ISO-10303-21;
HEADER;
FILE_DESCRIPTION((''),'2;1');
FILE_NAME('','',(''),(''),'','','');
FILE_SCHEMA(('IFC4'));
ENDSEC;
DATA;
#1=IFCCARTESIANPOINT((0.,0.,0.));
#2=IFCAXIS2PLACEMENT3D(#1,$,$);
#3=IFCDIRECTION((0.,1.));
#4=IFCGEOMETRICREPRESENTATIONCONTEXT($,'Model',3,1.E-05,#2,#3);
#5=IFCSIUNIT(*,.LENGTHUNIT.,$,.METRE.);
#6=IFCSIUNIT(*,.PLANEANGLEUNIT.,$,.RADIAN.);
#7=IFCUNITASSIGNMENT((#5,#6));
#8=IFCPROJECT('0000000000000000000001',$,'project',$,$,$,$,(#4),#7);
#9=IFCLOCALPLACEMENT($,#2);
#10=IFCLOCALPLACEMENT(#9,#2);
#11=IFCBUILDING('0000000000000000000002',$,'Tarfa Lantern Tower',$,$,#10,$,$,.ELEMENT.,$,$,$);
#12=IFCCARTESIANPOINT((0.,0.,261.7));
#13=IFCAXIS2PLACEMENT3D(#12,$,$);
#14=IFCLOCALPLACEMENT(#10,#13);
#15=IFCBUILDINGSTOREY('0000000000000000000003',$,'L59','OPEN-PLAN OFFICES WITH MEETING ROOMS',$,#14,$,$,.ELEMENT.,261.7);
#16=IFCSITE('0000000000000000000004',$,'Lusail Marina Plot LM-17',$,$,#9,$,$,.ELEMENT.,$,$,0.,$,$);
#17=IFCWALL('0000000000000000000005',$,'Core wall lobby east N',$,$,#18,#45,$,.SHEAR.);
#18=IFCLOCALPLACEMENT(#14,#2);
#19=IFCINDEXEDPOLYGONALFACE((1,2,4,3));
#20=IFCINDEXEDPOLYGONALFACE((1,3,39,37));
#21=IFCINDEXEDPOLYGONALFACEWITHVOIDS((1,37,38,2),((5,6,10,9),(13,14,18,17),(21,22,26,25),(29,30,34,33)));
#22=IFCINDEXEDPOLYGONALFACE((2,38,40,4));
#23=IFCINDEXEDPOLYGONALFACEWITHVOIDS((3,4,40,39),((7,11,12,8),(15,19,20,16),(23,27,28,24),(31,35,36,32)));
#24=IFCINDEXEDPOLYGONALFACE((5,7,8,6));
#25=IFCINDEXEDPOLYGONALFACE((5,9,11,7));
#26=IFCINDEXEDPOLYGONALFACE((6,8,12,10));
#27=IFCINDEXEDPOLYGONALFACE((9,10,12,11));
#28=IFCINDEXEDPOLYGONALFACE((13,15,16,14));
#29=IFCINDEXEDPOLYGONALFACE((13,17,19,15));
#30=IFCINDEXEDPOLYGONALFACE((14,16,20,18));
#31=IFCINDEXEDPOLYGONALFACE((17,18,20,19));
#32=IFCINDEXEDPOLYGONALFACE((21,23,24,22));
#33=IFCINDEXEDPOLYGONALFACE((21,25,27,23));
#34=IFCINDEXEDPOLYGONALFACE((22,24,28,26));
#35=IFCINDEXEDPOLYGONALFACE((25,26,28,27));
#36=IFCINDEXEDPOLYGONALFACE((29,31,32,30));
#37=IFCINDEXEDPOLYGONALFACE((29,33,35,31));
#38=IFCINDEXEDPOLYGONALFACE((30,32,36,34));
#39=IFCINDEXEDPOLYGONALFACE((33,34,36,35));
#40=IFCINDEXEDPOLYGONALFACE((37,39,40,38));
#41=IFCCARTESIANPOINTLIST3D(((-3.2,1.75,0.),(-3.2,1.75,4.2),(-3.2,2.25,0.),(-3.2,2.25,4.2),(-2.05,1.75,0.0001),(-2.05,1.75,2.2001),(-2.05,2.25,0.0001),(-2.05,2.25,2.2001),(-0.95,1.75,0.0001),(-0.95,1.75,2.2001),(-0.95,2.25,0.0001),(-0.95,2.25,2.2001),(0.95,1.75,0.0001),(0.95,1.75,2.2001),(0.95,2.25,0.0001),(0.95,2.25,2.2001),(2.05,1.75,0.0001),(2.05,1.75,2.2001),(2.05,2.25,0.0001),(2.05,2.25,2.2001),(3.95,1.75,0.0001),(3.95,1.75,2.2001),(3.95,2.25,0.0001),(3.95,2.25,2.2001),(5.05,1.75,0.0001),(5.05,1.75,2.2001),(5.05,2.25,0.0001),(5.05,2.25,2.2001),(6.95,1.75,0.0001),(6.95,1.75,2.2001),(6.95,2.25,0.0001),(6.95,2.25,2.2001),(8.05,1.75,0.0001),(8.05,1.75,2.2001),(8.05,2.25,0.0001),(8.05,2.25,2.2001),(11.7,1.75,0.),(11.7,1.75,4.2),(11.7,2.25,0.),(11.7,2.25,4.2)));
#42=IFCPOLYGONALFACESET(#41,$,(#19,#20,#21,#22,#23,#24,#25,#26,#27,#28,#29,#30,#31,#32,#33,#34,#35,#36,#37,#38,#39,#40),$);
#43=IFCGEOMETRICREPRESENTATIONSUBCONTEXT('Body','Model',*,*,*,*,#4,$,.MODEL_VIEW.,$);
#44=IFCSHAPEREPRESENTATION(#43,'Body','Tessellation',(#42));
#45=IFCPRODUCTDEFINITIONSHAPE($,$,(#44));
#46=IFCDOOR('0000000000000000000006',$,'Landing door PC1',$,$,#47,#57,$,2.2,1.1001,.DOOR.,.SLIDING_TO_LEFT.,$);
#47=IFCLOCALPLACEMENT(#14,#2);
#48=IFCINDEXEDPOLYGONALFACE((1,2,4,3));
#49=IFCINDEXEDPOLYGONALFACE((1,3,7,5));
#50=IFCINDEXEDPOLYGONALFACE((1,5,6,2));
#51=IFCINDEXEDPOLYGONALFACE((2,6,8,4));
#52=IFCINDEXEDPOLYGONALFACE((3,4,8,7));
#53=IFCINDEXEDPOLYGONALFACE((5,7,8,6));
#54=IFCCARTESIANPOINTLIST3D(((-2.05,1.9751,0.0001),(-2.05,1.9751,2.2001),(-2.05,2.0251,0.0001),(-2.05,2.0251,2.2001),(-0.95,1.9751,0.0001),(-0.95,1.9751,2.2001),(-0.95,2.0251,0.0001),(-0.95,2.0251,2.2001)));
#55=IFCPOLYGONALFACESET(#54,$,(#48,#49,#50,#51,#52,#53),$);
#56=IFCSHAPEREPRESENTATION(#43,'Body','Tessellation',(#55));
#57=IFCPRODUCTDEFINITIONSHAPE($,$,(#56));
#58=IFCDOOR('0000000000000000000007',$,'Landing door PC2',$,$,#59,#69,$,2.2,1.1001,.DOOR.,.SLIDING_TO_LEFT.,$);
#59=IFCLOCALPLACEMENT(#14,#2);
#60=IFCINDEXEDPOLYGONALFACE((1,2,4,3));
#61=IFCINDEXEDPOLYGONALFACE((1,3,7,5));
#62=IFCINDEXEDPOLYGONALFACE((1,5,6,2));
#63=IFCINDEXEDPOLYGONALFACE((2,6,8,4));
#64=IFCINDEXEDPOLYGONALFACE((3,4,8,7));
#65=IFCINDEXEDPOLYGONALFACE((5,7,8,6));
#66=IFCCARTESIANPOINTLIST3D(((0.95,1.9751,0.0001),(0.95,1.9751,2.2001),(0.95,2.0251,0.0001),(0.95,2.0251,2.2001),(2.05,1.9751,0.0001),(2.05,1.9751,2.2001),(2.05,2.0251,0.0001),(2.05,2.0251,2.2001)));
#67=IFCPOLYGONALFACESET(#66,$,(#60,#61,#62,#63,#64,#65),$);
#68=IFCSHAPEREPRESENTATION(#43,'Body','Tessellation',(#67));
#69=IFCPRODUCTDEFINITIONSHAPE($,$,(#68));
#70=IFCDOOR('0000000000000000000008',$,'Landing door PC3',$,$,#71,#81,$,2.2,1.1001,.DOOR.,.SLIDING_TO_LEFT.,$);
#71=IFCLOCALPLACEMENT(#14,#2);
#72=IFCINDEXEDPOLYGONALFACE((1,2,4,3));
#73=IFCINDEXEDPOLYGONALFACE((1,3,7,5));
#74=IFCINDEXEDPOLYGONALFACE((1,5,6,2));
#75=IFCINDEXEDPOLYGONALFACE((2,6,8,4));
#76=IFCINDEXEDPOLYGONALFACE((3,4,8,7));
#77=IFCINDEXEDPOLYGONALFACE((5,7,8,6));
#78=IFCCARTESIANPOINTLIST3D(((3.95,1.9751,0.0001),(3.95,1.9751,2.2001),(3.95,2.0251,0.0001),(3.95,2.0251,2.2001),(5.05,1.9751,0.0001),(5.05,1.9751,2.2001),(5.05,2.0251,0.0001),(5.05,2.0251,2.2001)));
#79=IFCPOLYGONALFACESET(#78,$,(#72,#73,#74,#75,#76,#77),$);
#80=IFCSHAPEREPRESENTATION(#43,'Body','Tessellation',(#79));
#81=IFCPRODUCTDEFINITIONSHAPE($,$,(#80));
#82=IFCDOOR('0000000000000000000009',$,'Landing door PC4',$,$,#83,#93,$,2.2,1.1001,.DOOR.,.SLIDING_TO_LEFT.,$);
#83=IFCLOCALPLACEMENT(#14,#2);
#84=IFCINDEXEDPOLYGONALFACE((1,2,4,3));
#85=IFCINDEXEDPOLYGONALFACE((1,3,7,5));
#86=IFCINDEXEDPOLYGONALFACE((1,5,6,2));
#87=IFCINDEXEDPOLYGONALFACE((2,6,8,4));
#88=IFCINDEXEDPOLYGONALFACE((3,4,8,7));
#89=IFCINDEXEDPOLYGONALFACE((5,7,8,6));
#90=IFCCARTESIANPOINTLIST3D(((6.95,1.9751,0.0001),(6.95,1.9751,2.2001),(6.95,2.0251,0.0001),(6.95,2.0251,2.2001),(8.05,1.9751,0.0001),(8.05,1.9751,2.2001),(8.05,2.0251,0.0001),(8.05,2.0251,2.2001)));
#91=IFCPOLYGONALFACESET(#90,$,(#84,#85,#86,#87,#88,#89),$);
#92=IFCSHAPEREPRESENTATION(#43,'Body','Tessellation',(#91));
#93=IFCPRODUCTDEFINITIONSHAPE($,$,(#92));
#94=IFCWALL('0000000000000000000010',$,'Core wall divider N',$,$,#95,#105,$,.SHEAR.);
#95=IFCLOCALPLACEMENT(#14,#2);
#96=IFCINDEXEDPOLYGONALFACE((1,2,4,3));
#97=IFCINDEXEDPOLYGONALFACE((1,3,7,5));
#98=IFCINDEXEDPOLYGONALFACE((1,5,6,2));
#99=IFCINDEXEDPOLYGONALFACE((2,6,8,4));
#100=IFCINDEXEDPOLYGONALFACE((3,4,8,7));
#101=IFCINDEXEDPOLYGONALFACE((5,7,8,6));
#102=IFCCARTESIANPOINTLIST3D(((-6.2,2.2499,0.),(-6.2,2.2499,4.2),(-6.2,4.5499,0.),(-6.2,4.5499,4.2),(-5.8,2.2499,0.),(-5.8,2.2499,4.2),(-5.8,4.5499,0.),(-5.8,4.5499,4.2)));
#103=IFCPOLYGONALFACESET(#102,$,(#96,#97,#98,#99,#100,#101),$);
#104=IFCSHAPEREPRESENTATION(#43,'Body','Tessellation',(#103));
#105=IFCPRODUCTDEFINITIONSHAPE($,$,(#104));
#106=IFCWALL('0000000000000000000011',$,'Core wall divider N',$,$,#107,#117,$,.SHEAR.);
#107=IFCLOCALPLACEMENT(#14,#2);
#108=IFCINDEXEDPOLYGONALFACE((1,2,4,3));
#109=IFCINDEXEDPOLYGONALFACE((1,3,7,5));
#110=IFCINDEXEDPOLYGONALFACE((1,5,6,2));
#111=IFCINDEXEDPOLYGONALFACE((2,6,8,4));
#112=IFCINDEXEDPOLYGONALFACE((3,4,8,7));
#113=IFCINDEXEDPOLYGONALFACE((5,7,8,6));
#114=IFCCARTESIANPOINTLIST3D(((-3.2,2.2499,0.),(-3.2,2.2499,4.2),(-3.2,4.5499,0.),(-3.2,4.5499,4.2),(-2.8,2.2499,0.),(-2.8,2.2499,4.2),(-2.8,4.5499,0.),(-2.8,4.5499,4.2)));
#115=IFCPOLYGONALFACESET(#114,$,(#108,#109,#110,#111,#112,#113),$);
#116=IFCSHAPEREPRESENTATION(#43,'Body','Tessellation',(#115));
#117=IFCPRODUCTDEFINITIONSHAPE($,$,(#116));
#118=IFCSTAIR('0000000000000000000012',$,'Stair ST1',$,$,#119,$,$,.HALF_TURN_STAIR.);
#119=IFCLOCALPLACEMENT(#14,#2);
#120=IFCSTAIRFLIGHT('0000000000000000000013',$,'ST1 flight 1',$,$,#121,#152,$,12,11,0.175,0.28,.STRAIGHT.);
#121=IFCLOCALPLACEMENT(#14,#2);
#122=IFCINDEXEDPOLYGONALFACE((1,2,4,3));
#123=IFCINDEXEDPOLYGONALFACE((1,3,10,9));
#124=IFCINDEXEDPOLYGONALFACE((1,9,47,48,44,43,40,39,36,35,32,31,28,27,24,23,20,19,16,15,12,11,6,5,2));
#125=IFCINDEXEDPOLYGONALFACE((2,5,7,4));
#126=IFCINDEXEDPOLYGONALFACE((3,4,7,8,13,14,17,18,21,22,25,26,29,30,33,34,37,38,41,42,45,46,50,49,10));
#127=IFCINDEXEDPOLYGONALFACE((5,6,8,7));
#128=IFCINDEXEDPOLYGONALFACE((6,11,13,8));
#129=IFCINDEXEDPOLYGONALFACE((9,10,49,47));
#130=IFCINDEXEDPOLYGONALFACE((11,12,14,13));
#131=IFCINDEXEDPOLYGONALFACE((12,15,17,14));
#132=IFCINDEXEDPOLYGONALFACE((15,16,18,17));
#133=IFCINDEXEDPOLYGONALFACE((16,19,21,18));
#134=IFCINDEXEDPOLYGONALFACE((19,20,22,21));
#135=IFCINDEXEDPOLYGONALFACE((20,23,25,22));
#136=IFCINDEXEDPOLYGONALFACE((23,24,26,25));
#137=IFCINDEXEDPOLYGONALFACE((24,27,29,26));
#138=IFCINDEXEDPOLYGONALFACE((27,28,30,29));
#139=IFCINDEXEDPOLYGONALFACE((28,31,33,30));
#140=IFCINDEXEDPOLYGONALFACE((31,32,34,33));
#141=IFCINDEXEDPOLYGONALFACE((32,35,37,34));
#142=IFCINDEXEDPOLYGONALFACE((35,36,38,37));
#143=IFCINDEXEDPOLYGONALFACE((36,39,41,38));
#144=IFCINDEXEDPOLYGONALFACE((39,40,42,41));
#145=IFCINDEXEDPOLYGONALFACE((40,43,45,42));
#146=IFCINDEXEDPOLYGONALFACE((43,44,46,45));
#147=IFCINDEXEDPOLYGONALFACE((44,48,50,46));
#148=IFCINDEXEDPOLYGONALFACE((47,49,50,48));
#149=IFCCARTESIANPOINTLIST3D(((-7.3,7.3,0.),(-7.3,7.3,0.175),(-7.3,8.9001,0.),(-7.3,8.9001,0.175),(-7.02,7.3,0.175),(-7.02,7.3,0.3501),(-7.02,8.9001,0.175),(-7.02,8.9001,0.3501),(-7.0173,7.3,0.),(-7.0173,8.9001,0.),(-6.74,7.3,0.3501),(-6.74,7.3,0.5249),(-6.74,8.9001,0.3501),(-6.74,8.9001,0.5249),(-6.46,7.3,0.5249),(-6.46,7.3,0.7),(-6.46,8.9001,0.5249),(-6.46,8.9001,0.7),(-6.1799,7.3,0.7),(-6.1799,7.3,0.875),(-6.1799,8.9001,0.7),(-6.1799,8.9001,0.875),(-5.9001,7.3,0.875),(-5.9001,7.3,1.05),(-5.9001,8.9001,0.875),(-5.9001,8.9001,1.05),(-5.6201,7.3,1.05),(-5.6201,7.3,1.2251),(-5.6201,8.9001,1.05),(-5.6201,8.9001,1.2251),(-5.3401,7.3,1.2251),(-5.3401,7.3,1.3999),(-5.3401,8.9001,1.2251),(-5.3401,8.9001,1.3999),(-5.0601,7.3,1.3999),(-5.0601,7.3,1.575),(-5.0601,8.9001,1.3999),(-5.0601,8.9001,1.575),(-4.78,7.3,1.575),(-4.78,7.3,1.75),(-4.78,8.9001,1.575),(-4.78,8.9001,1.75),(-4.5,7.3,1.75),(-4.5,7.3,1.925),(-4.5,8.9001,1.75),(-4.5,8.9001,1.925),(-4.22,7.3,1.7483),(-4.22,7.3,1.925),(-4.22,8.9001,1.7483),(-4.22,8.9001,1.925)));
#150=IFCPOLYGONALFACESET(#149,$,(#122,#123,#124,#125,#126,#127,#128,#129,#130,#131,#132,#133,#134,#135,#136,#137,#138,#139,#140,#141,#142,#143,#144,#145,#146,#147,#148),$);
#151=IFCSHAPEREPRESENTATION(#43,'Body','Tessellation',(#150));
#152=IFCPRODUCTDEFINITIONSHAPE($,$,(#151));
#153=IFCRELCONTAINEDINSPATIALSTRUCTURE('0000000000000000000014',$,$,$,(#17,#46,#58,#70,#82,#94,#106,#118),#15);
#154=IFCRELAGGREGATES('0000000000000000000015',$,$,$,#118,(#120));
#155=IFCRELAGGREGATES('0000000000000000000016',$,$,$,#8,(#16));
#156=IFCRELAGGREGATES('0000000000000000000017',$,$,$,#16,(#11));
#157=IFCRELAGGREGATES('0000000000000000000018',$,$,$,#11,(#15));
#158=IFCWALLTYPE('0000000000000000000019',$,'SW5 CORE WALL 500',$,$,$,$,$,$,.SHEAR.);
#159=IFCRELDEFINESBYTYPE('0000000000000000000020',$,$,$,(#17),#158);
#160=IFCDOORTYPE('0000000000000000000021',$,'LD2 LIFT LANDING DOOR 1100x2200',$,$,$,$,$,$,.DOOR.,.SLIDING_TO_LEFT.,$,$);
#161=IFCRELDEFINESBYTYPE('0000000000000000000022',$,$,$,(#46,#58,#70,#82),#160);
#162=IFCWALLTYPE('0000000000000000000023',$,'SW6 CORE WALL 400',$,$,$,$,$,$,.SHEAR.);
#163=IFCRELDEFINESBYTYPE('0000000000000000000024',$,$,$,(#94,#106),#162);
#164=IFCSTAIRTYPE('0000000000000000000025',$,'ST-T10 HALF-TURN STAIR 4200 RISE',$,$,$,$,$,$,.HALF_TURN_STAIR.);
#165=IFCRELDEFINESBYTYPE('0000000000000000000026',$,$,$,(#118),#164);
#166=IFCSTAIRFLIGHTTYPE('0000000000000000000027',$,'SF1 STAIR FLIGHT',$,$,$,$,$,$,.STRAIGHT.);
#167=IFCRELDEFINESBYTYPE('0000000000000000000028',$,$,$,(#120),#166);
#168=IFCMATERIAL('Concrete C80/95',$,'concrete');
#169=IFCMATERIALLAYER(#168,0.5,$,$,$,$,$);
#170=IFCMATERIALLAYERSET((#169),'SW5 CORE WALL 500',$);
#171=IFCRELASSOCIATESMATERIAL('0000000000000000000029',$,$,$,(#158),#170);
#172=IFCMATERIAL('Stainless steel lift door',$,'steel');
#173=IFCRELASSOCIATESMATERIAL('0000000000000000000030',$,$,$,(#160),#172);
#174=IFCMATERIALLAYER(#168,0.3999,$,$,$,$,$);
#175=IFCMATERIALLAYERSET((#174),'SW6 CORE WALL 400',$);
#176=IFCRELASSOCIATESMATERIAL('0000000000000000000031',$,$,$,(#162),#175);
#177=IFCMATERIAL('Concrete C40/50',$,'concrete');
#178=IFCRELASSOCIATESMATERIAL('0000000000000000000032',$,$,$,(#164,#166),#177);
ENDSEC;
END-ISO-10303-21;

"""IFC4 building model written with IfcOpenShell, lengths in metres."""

from ifc_helpers import new_model, si_unit, direction, frame, frame_2d, origin, place, context, subcontext, project, spatial, polyline, rectangle, outline, extrude, material, layer, layer_set, type_object, element, fill, aggregate, save


model = new_model("IFC4")

# Units and contexts
model_context = context("Model", 3, precision=1e-05, world=origin(), true_north=direction((0.0, 1.0)))
body_context = subcontext(model_context, "Body", "Model", "MODEL_VIEW")
ifc_project = project(units=[si_unit("LENGTHUNIT", "METRE"), si_unit("PLANEANGLEUNIT", "RADIAN")], contexts=[model_context])

# Site, building, storey
site_placement = place(None, origin())
site = spatial("IfcSite", under=ifc_project, at=site_placement, Name="Lusail Marina Plot LM-17", CompositionType="ELEMENT", RefElevation=0.0)
building_placement = place(site_placement, origin())
building = spatial("IfcBuilding", under=site, at=building_placement, Name="Tarfa Lantern Tower", CompositionType="ELEMENT")
storey_placement = place(building_placement, frame((0.0, 0.0, 261.7)))
storey = spatial("IfcBuildingStorey", under=building, at=storey_placement, Name="L59", Description="OPEN-PLAN OFFICES WITH MEETING ROOMS", CompositionType="ELEMENT", Elevation=261.7)

# Shared definitions
ifc_material_1 = material(Name="Concrete C80/95", Category="concrete")

# Wall, openings, doors
ifc_layer_1 = layer(ifc_material_1, 0.5)
ifc_layer_set_1 = layer_set([ifc_layer_1], Name="SW5 CORE WALL 500")
wall_type_1 = type_object("IfcWallType", Name="SW5 CORE WALL 500", PredefinedType="SHEAR", material=ifc_layer_set_1)
wall_1_placement = place(storey_placement, frame((-3.2, 2.0, 0.0), z_axis=(0.0, 0.0, 1.0), x_axis=(1.0, 0.0, 0.0)))
wall_1 = element("IfcWall", 1, at=wall_1_placement, inside=storey, type_object=wall_type_1, Name="Core wall lobby east N", PredefinedType="SHEAR", context=body_context, shape_type="SweptSolid", body=[
    extrude(rectangle(XDim=14.8999, YDim=0.5, at=frame_2d((7.45, 0.0))), origin(), (0.0, 0.0, 1.0), 4.2),
])
opening_1_placement = place(wall_1_placement, frame((1.1499, 0.0, 0.0)))
opening_1 = element("IfcOpeningElement", 2, at=opening_1_placement, cuts=wall_1, PredefinedType="OPENING", context=body_context, shape_type="SweptSolid", body=[
    extrude(rectangle(XDim=1.1001, YDim=2.2, at=frame_2d((0.55, 1.1001))), frame((0.0, 0.26, 0.0), z_axis=(0.0, -1.0, 0.0), x_axis=(1.0, 0.0, 0.0)), (0.0, 0.0, 1.0), 0.52),
])
opening_2_placement = place(wall_1_placement, frame((4.1499, 0.0, 0.0)))
opening_2 = element("IfcOpeningElement", 3, at=opening_2_placement, cuts=wall_1, PredefinedType="OPENING", context=body_context, shape_type="SweptSolid", body=[
    extrude(rectangle(XDim=1.1001, YDim=2.2, at=frame_2d((0.55, 1.1001))), frame((0.0, 0.26, 0.0), z_axis=(0.0, -1.0, 0.0), x_axis=(1.0, 0.0, 0.0)), (0.0, 0.0, 1.0), 0.52),
])
opening_3_placement = place(wall_1_placement, frame((7.1499, 0.0, 0.0)))
opening_3 = element("IfcOpeningElement", 4, at=opening_3_placement, cuts=wall_1, PredefinedType="OPENING", context=body_context, shape_type="SweptSolid", body=[
    extrude(rectangle(XDim=1.1001, YDim=2.2, at=frame_2d((0.55, 1.1001))), frame((0.0, 0.26, 0.0), z_axis=(0.0, -1.0, 0.0), x_axis=(1.0, 0.0, 0.0)), (0.0, 0.0, 1.0), 0.52),
])
opening_4_placement = place(wall_1_placement, frame((10.1499, 0.0, 0.0)))
opening_4 = element("IfcOpeningElement", 5, at=opening_4_placement, cuts=wall_1, PredefinedType="OPENING", context=body_context, shape_type="SweptSolid", body=[
    extrude(rectangle(XDim=1.1001, YDim=2.2, at=frame_2d((0.55, 1.1001))), frame((0.0, 0.26, 0.0), z_axis=(0.0, -1.0, 0.0), x_axis=(1.0, 0.0, 0.0)), (0.0, 0.0, 1.0), 0.52),
])
ifc_material_2 = material(Name="Stainless steel lift door", Category="steel")
door_type_1 = type_object("IfcDoorType", Name="LD2 LIFT LANDING DOOR 1100x2200", OperationType="SLIDING_TO_LEFT", PredefinedType="DOOR", material=ifc_material_2)
door_1_placement = place(opening_1_placement, frame((1.1001, 0.0, 0.0), z_axis=(0.0, 0.0, 1.0), x_axis=(-1.0, 0.0, 0.0)))
door_1 = element("IfcDoor", 6, at=door_1_placement, inside=storey, type_object=door_type_1, Name="Landing door PC1", OperationType="SLIDING_TO_LEFT", OverallHeight=2.2, OverallWidth=1.1001, PredefinedType="DOOR", context=body_context, shape_type="SweptSolid", body=[
    extrude(rectangle(XDim=1.1001, YDim=2.2, at=frame_2d((0.55, 1.1001))), frame((0.0, 0.0249, 0.0), z_axis=(0.0, -1.0, 0.0), x_axis=(1.0, 0.0, 0.0)), (0.0, 0.0, 1.0), 0.05),
])
fill(opening_1, door_1)
door_2_placement = place(opening_2_placement, frame((1.1001, 0.0, 0.0), z_axis=(0.0, 0.0, 1.0), x_axis=(-1.0, 0.0, 0.0)))
door_2 = element("IfcDoor", 7, at=door_2_placement, inside=storey, type_object=door_type_1, Name="Landing door PC2", OperationType="SLIDING_TO_LEFT", OverallHeight=2.2, OverallWidth=1.1001, PredefinedType="DOOR", context=body_context, shape_type="SweptSolid", body=[
    extrude(rectangle(XDim=1.1001, YDim=2.2, at=frame_2d((0.55, 1.1001))), frame((0.0, 0.0249, 0.0), z_axis=(0.0, -1.0, 0.0), x_axis=(1.0, 0.0, 0.0)), (0.0, 0.0, 1.0), 0.05),
])
fill(opening_2, door_2)
door_3_placement = place(opening_3_placement, frame((1.1001, 0.0, 0.0), z_axis=(0.0, 0.0, 1.0), x_axis=(-1.0, 0.0, 0.0)))
door_3 = element("IfcDoor", 8, at=door_3_placement, inside=storey, type_object=door_type_1, Name="Landing door PC3", OperationType="SLIDING_TO_LEFT", OverallHeight=2.2, OverallWidth=1.1001, PredefinedType="DOOR", context=body_context, shape_type="SweptSolid", body=[
    extrude(rectangle(XDim=1.1001, YDim=2.2, at=frame_2d((0.55, 1.1001))), frame((0.0, 0.0249, 0.0), z_axis=(0.0, -1.0, 0.0), x_axis=(1.0, 0.0, 0.0)), (0.0, 0.0, 1.0), 0.05),
])
fill(opening_3, door_3)
door_4_placement = place(opening_4_placement, frame((1.1001, 0.0, 0.0), z_axis=(0.0, 0.0, 1.0), x_axis=(-1.0, 0.0, 0.0)))
door_4 = element("IfcDoor", 9, at=door_4_placement, inside=storey, type_object=door_type_1, Name="Landing door PC4", OperationType="SLIDING_TO_LEFT", OverallHeight=2.2, OverallWidth=1.1001, PredefinedType="DOOR", context=body_context, shape_type="SweptSolid", body=[
    extrude(rectangle(XDim=1.1001, YDim=2.2, at=frame_2d((0.55, 1.1001))), frame((0.0, 0.0249, 0.0), z_axis=(0.0, -1.0, 0.0), x_axis=(1.0, 0.0, 0.0)), (0.0, 0.0, 1.0), 0.05),
])
fill(opening_4, door_4)

# Walls
ifc_layer_2 = layer(ifc_material_1, 0.3999)
ifc_layer_set_2 = layer_set([ifc_layer_2], Name="SW6 CORE WALL 400")
wall_type_2 = type_object("IfcWallType", Name="SW6 CORE WALL 400", PredefinedType="SHEAR", material=ifc_layer_set_2)
for number, where, z_axis, x_axis, name in (
    (10, (-6.0, 2.25, 0.0), (0.0, 0.0, 1.0), (0.0, 1.0, 0.0), "Core wall divider N"),
    (11, (-3.0, 2.25, 0.0), (0.0, 0.0, 1.0), (0.0, 1.0, 0.0), "Core wall divider N"),
):
    element("IfcWall", number, at=place(storey_placement, frame(where, z_axis=z_axis, x_axis=x_axis)), inside=storey, type_object=wall_type_2, Name=name, PredefinedType="SHEAR", context=body_context, shape_type="SweptSolid", body=[
        extrude(rectangle(XDim=2.3, YDim=0.3999, at=frame_2d((1.1499, 0.0))), origin(), (0.0, 0.0, 1.0), 4.2),
    ])

# Stair, stair flight
ifc_material_3 = material(Name="Concrete C40/50", Category="concrete")
stair_type = type_object("IfcStairType", Name="ST-T10 HALF-TURN STAIR 4200 RISE", PredefinedType="HALF_TURN_STAIR", material=ifc_material_3)
stair_placement = place(storey_placement, origin())
stair = element("IfcStair", 12, at=stair_placement, inside=storey, type_object=stair_type, Name="Stair ST1", PredefinedType="HALF_TURN_STAIR")
stair_flight_type = type_object("IfcStairFlightType", Name="SF1 STAIR FLIGHT", PredefinedType="STRAIGHT", material=ifc_material_3)
stair_flight_1_placement = place(storey_placement, frame((-7.3, 8.1001, 0.0), z_axis=(0.0, 0.0, 1.0), x_axis=(1.0, 0.0, 0.0)))
stair_flight_1 = element("IfcStairFlight", 13, at=stair_flight_1_placement, type_object=stair_flight_type, Name="ST1 flight 1", NumberOfRisers=12, NumberOfTreads=11, PredefinedType="STRAIGHT", RiserHeight=0.175, TreadLength=0.28, context=body_context, shape_type="SweptSolid", body=[
    extrude(outline(polyline([(0.0, 0.0), (0.0, 0.175), (0.28, 0.175), (0.28, 0.3501), (0.5601, 0.3501), (0.5601, 0.5249), (0.8401, 0.5249), (0.8401, 0.7), (1.1201, 0.7), (1.1201, 0.875), (1.3999, 0.875), (1.3999, 1.05), (1.6799, 1.05), (1.6799, 1.2251), (1.96, 1.2251), (1.96, 1.3999), (2.24, 1.3999), (2.24, 1.575), (2.52, 1.575), (2.52, 1.75), (2.8, 1.75), (2.8, 1.925), (3.0801, 1.925), (3.0801, 2.1001), (3.0801, 1.7483), (0.2827, 0.0), (0.0, 0.0)])), frame((0.0, 0.8, 0.0), z_axis=(0.0, -1.0, 0.0), x_axis=(1.0, 0.0, 0.0)), (0.0, 0.0, 1.0), 1.6001),
])
aggregate(stair, [stair_flight_1])

save(model, "model.ifc")
